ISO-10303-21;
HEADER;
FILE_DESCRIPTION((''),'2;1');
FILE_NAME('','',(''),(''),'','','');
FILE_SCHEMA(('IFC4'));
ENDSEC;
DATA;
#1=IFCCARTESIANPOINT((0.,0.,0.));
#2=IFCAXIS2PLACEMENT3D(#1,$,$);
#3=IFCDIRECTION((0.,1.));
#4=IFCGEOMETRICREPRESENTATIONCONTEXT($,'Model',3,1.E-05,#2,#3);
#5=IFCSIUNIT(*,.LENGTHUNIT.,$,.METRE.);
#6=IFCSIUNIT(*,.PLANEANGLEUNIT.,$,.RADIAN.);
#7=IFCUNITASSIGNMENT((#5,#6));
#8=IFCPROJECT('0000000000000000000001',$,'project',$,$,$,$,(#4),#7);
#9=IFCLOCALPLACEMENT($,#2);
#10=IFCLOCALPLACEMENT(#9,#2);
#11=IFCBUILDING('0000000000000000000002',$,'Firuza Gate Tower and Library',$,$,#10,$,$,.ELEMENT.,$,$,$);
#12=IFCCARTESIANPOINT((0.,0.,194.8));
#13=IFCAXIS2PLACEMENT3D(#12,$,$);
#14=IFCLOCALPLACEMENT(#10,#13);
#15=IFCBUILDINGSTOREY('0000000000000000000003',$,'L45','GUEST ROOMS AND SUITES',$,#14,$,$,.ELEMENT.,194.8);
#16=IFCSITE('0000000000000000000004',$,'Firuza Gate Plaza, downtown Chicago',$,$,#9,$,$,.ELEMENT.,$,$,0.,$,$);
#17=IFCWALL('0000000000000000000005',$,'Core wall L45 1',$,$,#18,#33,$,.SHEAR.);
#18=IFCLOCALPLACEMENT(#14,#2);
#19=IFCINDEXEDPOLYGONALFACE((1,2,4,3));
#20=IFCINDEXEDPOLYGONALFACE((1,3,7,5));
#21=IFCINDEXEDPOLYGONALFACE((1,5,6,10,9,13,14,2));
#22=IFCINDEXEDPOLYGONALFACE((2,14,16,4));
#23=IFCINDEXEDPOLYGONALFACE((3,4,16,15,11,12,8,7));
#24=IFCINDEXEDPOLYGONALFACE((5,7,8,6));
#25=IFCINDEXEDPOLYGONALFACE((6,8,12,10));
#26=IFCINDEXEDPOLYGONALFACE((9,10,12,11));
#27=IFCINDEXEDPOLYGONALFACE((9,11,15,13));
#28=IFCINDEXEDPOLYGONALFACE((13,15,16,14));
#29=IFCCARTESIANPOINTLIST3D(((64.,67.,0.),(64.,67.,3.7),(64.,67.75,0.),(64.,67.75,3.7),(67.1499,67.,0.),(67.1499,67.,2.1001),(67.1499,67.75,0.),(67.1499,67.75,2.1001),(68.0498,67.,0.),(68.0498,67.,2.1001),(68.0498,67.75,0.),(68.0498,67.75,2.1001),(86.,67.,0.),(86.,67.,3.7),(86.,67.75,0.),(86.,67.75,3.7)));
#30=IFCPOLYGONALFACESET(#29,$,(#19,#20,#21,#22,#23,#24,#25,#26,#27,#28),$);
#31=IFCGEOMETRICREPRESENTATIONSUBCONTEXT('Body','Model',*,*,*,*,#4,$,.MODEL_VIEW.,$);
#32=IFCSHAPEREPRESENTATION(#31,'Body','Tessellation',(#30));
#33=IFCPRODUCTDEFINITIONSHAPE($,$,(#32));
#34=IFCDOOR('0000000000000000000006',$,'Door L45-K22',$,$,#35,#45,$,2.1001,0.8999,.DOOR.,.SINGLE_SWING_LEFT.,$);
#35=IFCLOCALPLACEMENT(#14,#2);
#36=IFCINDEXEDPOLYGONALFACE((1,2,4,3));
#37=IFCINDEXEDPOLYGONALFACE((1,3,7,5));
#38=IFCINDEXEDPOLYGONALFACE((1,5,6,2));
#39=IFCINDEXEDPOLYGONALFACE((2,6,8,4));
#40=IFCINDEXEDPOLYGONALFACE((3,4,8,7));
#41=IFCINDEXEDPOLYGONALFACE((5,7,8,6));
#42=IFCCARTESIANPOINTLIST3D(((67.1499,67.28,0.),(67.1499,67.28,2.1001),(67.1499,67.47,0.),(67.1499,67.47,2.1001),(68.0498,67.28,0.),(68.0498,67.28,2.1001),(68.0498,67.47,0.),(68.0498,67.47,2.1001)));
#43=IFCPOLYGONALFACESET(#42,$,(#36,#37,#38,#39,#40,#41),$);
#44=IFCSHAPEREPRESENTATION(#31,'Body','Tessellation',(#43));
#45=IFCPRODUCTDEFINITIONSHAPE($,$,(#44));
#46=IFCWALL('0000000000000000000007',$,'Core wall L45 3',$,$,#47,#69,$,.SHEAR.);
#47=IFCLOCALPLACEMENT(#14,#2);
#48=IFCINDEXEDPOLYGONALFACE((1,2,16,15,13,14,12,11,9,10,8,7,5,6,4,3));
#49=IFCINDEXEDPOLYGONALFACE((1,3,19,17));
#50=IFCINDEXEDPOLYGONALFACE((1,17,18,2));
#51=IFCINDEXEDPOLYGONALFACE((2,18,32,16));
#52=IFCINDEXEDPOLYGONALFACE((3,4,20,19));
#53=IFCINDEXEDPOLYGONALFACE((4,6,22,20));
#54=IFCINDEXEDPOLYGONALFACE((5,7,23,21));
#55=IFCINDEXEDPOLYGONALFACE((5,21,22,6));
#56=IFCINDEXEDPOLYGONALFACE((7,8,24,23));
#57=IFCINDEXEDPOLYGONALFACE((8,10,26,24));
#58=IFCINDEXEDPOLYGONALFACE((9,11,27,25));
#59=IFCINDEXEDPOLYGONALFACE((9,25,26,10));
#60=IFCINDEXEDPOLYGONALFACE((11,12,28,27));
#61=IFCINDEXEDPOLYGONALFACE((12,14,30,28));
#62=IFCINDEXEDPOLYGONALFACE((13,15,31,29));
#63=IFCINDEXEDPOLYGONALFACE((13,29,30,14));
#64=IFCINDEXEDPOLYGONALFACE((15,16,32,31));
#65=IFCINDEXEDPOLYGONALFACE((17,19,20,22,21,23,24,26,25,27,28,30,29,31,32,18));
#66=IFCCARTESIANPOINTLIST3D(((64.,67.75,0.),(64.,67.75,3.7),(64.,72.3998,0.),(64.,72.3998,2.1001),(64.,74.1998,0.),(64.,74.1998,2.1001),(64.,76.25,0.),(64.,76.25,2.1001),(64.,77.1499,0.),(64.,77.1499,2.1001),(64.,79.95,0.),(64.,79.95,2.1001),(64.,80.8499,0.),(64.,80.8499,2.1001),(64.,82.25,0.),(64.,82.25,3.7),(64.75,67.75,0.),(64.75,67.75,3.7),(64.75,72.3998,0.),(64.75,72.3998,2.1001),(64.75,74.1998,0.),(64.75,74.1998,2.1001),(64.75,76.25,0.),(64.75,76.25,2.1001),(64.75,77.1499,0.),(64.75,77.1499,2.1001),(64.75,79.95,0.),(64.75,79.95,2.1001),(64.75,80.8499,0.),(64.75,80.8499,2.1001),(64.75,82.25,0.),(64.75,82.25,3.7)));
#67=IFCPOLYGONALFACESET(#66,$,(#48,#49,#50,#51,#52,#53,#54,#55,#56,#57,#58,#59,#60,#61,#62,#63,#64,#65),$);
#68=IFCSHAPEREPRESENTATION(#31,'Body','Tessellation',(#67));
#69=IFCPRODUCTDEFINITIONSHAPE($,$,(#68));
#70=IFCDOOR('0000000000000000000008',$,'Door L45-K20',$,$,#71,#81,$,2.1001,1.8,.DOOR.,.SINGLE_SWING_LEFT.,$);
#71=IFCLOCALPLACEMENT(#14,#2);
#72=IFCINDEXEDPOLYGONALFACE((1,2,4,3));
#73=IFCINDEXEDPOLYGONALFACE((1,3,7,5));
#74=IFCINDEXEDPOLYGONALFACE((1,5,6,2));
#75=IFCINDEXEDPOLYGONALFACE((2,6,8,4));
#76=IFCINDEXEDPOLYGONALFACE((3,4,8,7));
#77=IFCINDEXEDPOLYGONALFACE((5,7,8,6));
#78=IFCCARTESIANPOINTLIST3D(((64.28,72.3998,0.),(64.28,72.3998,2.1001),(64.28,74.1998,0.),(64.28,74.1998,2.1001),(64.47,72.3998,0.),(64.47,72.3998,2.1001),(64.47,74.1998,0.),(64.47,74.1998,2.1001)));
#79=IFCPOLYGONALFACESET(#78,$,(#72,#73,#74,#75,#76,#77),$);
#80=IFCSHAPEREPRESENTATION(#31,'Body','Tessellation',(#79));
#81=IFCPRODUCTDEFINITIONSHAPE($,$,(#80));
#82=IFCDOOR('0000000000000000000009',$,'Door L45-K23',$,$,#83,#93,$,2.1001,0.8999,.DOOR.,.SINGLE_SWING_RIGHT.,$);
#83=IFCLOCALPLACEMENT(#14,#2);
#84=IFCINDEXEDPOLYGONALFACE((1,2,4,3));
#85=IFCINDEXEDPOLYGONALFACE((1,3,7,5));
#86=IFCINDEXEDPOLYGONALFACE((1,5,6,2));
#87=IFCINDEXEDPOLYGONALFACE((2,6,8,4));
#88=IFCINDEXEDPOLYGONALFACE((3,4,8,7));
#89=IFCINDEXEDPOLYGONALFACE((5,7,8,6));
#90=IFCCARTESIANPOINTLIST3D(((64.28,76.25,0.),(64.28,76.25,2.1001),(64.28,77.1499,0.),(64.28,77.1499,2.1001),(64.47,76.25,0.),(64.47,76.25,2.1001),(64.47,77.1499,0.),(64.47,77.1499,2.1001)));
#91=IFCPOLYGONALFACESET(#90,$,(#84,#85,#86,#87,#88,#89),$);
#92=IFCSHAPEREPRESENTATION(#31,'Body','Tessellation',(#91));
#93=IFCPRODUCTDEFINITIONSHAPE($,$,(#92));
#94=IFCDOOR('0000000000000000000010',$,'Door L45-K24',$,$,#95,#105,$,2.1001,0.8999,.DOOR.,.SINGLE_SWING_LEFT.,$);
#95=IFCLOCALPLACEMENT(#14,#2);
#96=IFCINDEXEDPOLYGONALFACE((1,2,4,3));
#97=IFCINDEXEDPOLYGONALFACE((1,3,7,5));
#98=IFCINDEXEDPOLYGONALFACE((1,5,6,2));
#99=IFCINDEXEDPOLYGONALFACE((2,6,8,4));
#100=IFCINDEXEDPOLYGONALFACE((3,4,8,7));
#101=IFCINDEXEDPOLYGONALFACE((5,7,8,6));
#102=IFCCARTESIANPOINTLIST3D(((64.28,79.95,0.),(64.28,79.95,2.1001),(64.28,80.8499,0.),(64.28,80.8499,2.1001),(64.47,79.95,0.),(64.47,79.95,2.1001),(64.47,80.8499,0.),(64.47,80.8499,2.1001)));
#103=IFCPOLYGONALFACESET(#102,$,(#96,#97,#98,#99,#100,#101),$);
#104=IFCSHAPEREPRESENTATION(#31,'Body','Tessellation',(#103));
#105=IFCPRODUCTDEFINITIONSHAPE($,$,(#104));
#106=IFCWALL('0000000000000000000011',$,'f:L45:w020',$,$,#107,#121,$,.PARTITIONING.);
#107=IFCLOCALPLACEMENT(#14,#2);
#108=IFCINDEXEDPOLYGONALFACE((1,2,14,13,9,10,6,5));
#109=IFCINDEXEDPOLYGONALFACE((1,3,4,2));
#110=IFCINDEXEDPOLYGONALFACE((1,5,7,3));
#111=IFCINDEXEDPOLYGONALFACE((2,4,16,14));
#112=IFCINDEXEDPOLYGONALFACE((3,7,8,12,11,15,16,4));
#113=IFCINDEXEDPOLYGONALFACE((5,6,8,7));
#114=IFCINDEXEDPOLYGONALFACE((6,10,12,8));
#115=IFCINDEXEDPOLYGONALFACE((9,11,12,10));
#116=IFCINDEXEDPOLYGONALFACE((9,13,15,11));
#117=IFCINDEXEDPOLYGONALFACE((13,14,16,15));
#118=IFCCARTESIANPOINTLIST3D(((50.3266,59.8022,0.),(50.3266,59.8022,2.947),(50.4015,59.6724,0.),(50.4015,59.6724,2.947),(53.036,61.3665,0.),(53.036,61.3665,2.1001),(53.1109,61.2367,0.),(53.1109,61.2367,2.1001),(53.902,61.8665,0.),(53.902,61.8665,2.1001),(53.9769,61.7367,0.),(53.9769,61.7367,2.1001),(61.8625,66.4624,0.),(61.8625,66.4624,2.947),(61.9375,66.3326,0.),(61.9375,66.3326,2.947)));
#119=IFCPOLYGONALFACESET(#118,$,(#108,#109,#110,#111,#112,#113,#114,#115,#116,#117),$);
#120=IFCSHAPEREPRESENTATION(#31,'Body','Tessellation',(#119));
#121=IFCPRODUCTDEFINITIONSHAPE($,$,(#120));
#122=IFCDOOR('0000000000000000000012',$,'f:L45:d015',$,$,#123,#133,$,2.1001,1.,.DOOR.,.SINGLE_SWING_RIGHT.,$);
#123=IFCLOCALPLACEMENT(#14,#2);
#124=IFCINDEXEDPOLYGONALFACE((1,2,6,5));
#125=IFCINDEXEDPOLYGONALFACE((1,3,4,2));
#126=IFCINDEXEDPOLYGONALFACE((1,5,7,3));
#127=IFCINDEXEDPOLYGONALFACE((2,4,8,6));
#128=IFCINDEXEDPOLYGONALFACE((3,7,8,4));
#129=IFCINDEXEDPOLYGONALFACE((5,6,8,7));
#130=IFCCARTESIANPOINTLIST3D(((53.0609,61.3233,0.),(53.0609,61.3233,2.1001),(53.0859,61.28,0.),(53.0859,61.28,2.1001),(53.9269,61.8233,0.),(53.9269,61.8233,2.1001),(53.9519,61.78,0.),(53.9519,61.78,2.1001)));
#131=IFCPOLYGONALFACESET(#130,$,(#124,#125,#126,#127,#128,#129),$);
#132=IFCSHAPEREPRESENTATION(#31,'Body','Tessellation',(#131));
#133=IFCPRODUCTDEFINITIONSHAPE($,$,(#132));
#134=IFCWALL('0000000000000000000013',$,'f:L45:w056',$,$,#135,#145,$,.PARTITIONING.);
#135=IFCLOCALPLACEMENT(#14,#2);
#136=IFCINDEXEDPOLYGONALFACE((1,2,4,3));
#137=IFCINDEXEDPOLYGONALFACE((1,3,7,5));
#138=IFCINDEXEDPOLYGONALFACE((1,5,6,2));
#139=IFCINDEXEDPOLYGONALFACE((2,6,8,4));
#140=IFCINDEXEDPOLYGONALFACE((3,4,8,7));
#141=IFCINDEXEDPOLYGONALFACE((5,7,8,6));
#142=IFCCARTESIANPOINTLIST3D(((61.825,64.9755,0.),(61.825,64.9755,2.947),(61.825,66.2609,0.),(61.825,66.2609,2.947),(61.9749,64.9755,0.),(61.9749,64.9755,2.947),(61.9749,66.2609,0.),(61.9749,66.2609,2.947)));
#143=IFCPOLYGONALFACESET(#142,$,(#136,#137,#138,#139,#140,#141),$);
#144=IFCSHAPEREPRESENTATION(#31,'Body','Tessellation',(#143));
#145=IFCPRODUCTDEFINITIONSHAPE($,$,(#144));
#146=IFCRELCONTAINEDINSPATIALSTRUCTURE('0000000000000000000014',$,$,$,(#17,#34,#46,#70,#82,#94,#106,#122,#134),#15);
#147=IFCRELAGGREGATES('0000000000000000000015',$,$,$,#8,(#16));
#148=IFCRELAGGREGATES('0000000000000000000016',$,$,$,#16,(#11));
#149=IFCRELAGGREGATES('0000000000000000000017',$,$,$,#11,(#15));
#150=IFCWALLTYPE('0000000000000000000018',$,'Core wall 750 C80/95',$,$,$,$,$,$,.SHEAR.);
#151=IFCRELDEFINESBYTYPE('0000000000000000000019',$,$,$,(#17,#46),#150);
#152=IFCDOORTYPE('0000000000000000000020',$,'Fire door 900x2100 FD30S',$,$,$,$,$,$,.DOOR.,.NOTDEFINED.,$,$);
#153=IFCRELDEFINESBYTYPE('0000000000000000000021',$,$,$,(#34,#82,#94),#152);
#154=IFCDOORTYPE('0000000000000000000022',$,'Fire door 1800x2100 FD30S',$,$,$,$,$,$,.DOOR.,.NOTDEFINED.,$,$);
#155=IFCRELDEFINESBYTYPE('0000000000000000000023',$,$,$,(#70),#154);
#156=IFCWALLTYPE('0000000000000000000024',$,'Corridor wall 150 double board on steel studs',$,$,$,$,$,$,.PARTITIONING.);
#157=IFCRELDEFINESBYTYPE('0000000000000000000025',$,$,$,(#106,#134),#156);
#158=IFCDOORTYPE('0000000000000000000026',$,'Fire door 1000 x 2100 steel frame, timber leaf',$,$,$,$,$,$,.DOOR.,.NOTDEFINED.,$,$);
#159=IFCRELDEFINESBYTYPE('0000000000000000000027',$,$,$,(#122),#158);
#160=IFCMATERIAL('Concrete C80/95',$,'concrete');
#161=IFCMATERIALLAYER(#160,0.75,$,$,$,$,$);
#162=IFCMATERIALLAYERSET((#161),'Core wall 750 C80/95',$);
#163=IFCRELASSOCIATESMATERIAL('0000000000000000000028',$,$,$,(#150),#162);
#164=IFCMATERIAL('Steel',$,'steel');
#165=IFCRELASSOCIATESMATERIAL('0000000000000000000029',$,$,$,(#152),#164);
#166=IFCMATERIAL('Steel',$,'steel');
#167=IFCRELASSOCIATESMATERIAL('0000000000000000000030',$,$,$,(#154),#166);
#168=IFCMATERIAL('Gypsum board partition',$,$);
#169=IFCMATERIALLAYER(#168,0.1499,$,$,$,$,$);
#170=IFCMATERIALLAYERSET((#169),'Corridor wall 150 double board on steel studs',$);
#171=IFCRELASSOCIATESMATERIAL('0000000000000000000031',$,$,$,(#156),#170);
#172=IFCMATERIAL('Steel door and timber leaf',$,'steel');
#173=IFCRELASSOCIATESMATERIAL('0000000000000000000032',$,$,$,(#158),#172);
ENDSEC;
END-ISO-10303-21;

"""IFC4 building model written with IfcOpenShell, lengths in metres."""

from ifc_helpers import new_model, si_unit, direction, frame, frame_2d, origin, place, context, subcontext, project, spatial, rectangle, extrude, material, layer, layer_set, type_object, element, fill, save


model = new_model("IFC4")

# Units and contexts
model_context = context("Model", 3, precision=1e-05, world=origin(), true_north=direction((0.0, 1.0)))
body_context = subcontext(model_context, "Body", "Model", "MODEL_VIEW")
ifc_project = project(units=[si_unit("LENGTHUNIT", "METRE"), si_unit("PLANEANGLEUNIT", "RADIAN")], contexts=[model_context])

# Site, building, storey
site_placement = place(None, origin())
site = spatial("IfcSite", under=ifc_project, at=site_placement, Name="Firuza Gate Plaza, downtown Chicago", CompositionType="ELEMENT", RefElevation=0.0)
building_placement = place(site_placement, origin())
building = spatial("IfcBuilding", under=site, at=building_placement, Name="Firuza Gate Tower and Library", CompositionType="ELEMENT")
storey_placement = place(building_placement, frame((0.0, 0.0, 194.8)))
storey = spatial("IfcBuildingStorey", under=building, at=storey_placement, Name="L45", Description="GUEST ROOMS AND SUITES", CompositionType="ELEMENT", Elevation=194.8)

# Wall, opening, door
ifc_material_1 = material(Name="Concrete C80/95", Category="concrete")
ifc_layer_1 = layer(ifc_material_1, 0.75)
ifc_layer_set_1 = layer_set([ifc_layer_1], Name="Core wall 750 C80/95")
wall_type_1 = type_object("IfcWallType", Name="Core wall 750 C80/95", PredefinedType="SHEAR", material=ifc_layer_set_1)
wall_1_placement = place(storey_placement, frame((64.0, 67.375, 0.0), z_axis=(0.0, 0.0, 1.0), x_axis=(1.0, 0.0, 0.0)))
wall_1 = element("IfcWall", 1, at=wall_1_placement, inside=storey, type_object=wall_type_1, Name="Core wall L45 1", PredefinedType="SHEAR", context=body_context, shape_type="SweptSolid", body=[
    extrude(rectangle(XDim=22.0, YDim=0.75, at=frame_2d((11.0, 0.0))), origin(), (0.0, 0.0, 1.0), 3.7),
])
opening_1_placement = place(wall_1_placement, frame((3.1499, 0.0, 0.0)))
opening_1 = element("IfcOpeningElement", 2, at=opening_1_placement, cuts=wall_1, PredefinedType="OPENING", context=body_context, shape_type="SweptSolid", body=[
    extrude(rectangle(XDim=0.8999, YDim=2.1001, at=frame_2d((0.45, 1.05))), frame((0.0, 0.385, 0.0), z_axis=(0.0, -1.0, 0.0), x_axis=(1.0, 0.0, 0.0)), (0.0, 0.0, 1.0), 0.77),
])
ifc_material_2 = material(Name="Steel", Category="steel")
door_type_1 = type_object("IfcDoorType", Name="Fire door 900x2100 FD30S", OperationType="NOTDEFINED", PredefinedType="DOOR", material=ifc_material_2)
door_1_placement = place(opening_1_placement, origin())
door_1 = element("IfcDoor", 3, at=door_1_placement, inside=storey, type_object=door_type_1, Name="Door L45-K22", OperationType="SINGLE_SWING_LEFT", OverallHeight=2.1001, OverallWidth=0.8999, PredefinedType="DOOR", context=body_context, shape_type="SweptSolid", body=[
    extrude(rectangle(XDim=0.8999, YDim=2.1001, at=frame_2d((0.45, 1.05))), frame((0.0, 0.095, 0.0), z_axis=(0.0, -1.0, 0.0), x_axis=(1.0, 0.0, 0.0)), (0.0, 0.0, 1.0), 0.1899),
])
fill(opening_1, door_1)

# Wall, openings, doors
wall_2_placement = place(storey_placement, frame((64.375, 67.75, 0.0), z_axis=(0.0, 0.0, 1.0), x_axis=(0.0, 1.0, 0.0)))
wall_2 = element("IfcWall", 4, at=wall_2_placement, inside=storey, type_object=wall_type_1, Name="Core wall L45 3", PredefinedType="SHEAR", context=body_context, shape_type="SweptSolid", body=[
    extrude(rectangle(XDim=14.5, YDim=0.75, at=frame_2d((7.25, 0.0))), origin(), (0.0, 0.0, 1.0), 3.7),
])
opening_2_placement = place(wall_2_placement, frame((4.6499, 0.0, 0.0)))
opening_2 = element("IfcOpeningElement", 5, at=opening_2_placement, cuts=wall_2, PredefinedType="OPENING", context=body_context, shape_type="SweptSolid", body=[
    extrude(rectangle(XDim=1.8, YDim=2.1001, at=frame_2d((0.8999, 1.05))), frame((0.0, 0.385, 0.0), z_axis=(0.0, -1.0, 0.0), x_axis=(1.0, 0.0, 0.0)), (0.0, 0.0, 1.0), 0.77),
])
opening_3_placement = place(wall_2_placement, frame((8.5, 0.0, 0.0)))
opening_3 = element("IfcOpeningElement", 6, at=opening_3_placement, cuts=wall_2, PredefinedType="OPENING", context=body_context, shape_type="SweptSolid", body=[
    extrude(rectangle(XDim=0.8999, YDim=2.1001, at=frame_2d((0.45, 1.05))), frame((0.0, 0.385, 0.0), z_axis=(0.0, -1.0, 0.0), x_axis=(1.0, 0.0, 0.0)), (0.0, 0.0, 1.0), 0.77),
])
opening_4_placement = place(wall_2_placement, frame((12.2, 0.0, 0.0)))
opening_4 = element("IfcOpeningElement", 7, at=opening_4_placement, cuts=wall_2, PredefinedType="OPENING", context=body_context, shape_type="SweptSolid", body=[
    extrude(rectangle(XDim=0.8999, YDim=2.1001, at=frame_2d((0.45, 1.05))), frame((0.0, 0.385, 0.0), z_axis=(0.0, -1.0, 0.0), x_axis=(1.0, 0.0, 0.0)), (0.0, 0.0, 1.0), 0.77),
])
ifc_material_3 = material(Name="Steel", Category="steel")
door_type_2 = type_object("IfcDoorType", Name="Fire door 1800x2100 FD30S", OperationType="NOTDEFINED", PredefinedType="DOOR", material=ifc_material_3)
door_2_placement = place(opening_2_placement, origin())
door_2 = element("IfcDoor", 8, at=door_2_placement, inside=storey, type_object=door_type_2, Name="Door L45-K20", OperationType="SINGLE_SWING_LEFT", OverallHeight=2.1001, OverallWidth=1.8, PredefinedType="DOOR", context=body_context, shape_type="SweptSolid", body=[
    extrude(rectangle(XDim=1.8, YDim=2.1001, at=frame_2d((0.8999, 1.05))), frame((0.0, 0.095, 0.0), z_axis=(0.0, -1.0, 0.0), x_axis=(1.0, 0.0, 0.0)), (0.0, 0.0, 1.0), 0.1899),
])
fill(opening_2, door_2)
door_3_placement = place(opening_3_placement, origin())
door_3 = element("IfcDoor", 9, at=door_3_placement, inside=storey, type_object=door_type_1, Name="Door L45-K23", OperationType="SINGLE_SWING_RIGHT", OverallHeight=2.1001, OverallWidth=0.8999, PredefinedType="DOOR", context=body_context, shape_type="SweptSolid", body=[
    extrude(rectangle(XDim=0.8999, YDim=2.1001, at=frame_2d((0.45, 1.05))), frame((0.0, 0.095, 0.0), z_axis=(0.0, -1.0, 0.0), x_axis=(1.0, 0.0, 0.0)), (0.0, 0.0, 1.0), 0.1899),
])
fill(opening_3, door_3)
door_4_placement = place(opening_4_placement, origin())
door_4 = element("IfcDoor", 10, at=door_4_placement, inside=storey, type_object=door_type_1, Name="Door L45-K24", OperationType="SINGLE_SWING_LEFT", OverallHeight=2.1001, OverallWidth=0.8999, PredefinedType="DOOR", context=body_context, shape_type="SweptSolid", body=[
    extrude(rectangle(XDim=0.8999, YDim=2.1001, at=frame_2d((0.45, 1.05))), frame((0.0, 0.095, 0.0), z_axis=(0.0, -1.0, 0.0), x_axis=(1.0, 0.0, 0.0)), (0.0, 0.0, 1.0), 0.1899),
])
fill(opening_4, door_4)

# Wall, opening, door
ifc_material_4 = material(Name="Gypsum board partition")
ifc_layer_2 = layer(ifc_material_4, 0.1499)
ifc_layer_set_2 = layer_set([ifc_layer_2], Name="Corridor wall 150 double board on steel studs")
wall_type_2 = type_object("IfcWallType", Name="Corridor wall 150 double board on steel studs", PredefinedType="PARTITIONING", material=ifc_layer_set_2)
wall_3_placement = place(storey_placement, frame((61.8999, 66.3975, 0.0), z_axis=(0.0, 0.0, 1.0), x_axis=(-0.866028, -0.499995, 0.0)))
wall_3 = element("IfcWall", 11, at=wall_3_placement, inside=storey, type_object=wall_type_2, Name="f:L45:w020", PredefinedType="PARTITIONING", context=body_context, shape_type="SweptSolid", body=[
    extrude(rectangle(XDim=13.3206, YDim=0.1499, at=frame_2d((6.6602, 0.0))), origin(), (0.0, 0.0, 1.0), 2.947),
])
opening_5_placement = place(wall_3_placement, frame((9.1919, 0.0, 0.0)))
opening_5 = element("IfcOpeningElement", 12, at=opening_5_placement, cuts=wall_3, PredefinedType="OPENING", context=body_context, shape_type="SweptSolid", body=[
    extrude(rectangle(XDim=1.0, YDim=2.1001, at=frame_2d((0.5, 1.05))), frame((0.0, 0.085, 0.0), z_axis=(0.0, -1.0, 0.0), x_axis=(1.0, 0.0, 0.0)), (0.0, 0.0, 1.0), 0.1699),
])
ifc_material_5 = material(Name="Steel door and timber leaf", Category="steel")
door_type_3 = type_object("IfcDoorType", Name="Fire door 1000 x 2100 steel frame, timber leaf", OperationType="NOTDEFINED", PredefinedType="DOOR", material=ifc_material_5)
door_5_placement = place(opening_5_placement, origin())
door_5 = element("IfcDoor", 13, at=door_5_placement, inside=storey, type_object=door_type_3, Name="f:L45:d015", OperationType="SINGLE_SWING_RIGHT", OverallHeight=2.1001, OverallWidth=1.0, PredefinedType="DOOR", context=body_context, shape_type="SweptSolid", body=[
    extrude(rectangle(XDim=1.0, YDim=2.1001, at=frame_2d((0.5, 1.05))), frame((0.0, 0.0249, 0.0), z_axis=(0.0, -1.0, 0.0), x_axis=(1.0, 0.0, 0.0)), (0.0, 0.0, 1.0), 0.05),
])
fill(opening_5, door_5)

# Wall
wall_4_placement = place(storey_placement, frame((61.8999, 64.9756, 0.0), z_axis=(0.0, 0.0, 1.0), x_axis=(0.0, 1.0, 0.0)))
element("IfcWall", 14, at=wall_4_placement, inside=storey, type_object=wall_type_2, Name="f:L45:w056", PredefinedType="PARTITIONING", context=body_context, shape_type="SweptSolid", body=[
    extrude(rectangle(XDim=1.2854, YDim=0.1499, at=frame_2d((0.6426, 0.0))), origin(), (0.0, 0.0, 1.0), 2.947),
])

save(model, "model.ifc")
